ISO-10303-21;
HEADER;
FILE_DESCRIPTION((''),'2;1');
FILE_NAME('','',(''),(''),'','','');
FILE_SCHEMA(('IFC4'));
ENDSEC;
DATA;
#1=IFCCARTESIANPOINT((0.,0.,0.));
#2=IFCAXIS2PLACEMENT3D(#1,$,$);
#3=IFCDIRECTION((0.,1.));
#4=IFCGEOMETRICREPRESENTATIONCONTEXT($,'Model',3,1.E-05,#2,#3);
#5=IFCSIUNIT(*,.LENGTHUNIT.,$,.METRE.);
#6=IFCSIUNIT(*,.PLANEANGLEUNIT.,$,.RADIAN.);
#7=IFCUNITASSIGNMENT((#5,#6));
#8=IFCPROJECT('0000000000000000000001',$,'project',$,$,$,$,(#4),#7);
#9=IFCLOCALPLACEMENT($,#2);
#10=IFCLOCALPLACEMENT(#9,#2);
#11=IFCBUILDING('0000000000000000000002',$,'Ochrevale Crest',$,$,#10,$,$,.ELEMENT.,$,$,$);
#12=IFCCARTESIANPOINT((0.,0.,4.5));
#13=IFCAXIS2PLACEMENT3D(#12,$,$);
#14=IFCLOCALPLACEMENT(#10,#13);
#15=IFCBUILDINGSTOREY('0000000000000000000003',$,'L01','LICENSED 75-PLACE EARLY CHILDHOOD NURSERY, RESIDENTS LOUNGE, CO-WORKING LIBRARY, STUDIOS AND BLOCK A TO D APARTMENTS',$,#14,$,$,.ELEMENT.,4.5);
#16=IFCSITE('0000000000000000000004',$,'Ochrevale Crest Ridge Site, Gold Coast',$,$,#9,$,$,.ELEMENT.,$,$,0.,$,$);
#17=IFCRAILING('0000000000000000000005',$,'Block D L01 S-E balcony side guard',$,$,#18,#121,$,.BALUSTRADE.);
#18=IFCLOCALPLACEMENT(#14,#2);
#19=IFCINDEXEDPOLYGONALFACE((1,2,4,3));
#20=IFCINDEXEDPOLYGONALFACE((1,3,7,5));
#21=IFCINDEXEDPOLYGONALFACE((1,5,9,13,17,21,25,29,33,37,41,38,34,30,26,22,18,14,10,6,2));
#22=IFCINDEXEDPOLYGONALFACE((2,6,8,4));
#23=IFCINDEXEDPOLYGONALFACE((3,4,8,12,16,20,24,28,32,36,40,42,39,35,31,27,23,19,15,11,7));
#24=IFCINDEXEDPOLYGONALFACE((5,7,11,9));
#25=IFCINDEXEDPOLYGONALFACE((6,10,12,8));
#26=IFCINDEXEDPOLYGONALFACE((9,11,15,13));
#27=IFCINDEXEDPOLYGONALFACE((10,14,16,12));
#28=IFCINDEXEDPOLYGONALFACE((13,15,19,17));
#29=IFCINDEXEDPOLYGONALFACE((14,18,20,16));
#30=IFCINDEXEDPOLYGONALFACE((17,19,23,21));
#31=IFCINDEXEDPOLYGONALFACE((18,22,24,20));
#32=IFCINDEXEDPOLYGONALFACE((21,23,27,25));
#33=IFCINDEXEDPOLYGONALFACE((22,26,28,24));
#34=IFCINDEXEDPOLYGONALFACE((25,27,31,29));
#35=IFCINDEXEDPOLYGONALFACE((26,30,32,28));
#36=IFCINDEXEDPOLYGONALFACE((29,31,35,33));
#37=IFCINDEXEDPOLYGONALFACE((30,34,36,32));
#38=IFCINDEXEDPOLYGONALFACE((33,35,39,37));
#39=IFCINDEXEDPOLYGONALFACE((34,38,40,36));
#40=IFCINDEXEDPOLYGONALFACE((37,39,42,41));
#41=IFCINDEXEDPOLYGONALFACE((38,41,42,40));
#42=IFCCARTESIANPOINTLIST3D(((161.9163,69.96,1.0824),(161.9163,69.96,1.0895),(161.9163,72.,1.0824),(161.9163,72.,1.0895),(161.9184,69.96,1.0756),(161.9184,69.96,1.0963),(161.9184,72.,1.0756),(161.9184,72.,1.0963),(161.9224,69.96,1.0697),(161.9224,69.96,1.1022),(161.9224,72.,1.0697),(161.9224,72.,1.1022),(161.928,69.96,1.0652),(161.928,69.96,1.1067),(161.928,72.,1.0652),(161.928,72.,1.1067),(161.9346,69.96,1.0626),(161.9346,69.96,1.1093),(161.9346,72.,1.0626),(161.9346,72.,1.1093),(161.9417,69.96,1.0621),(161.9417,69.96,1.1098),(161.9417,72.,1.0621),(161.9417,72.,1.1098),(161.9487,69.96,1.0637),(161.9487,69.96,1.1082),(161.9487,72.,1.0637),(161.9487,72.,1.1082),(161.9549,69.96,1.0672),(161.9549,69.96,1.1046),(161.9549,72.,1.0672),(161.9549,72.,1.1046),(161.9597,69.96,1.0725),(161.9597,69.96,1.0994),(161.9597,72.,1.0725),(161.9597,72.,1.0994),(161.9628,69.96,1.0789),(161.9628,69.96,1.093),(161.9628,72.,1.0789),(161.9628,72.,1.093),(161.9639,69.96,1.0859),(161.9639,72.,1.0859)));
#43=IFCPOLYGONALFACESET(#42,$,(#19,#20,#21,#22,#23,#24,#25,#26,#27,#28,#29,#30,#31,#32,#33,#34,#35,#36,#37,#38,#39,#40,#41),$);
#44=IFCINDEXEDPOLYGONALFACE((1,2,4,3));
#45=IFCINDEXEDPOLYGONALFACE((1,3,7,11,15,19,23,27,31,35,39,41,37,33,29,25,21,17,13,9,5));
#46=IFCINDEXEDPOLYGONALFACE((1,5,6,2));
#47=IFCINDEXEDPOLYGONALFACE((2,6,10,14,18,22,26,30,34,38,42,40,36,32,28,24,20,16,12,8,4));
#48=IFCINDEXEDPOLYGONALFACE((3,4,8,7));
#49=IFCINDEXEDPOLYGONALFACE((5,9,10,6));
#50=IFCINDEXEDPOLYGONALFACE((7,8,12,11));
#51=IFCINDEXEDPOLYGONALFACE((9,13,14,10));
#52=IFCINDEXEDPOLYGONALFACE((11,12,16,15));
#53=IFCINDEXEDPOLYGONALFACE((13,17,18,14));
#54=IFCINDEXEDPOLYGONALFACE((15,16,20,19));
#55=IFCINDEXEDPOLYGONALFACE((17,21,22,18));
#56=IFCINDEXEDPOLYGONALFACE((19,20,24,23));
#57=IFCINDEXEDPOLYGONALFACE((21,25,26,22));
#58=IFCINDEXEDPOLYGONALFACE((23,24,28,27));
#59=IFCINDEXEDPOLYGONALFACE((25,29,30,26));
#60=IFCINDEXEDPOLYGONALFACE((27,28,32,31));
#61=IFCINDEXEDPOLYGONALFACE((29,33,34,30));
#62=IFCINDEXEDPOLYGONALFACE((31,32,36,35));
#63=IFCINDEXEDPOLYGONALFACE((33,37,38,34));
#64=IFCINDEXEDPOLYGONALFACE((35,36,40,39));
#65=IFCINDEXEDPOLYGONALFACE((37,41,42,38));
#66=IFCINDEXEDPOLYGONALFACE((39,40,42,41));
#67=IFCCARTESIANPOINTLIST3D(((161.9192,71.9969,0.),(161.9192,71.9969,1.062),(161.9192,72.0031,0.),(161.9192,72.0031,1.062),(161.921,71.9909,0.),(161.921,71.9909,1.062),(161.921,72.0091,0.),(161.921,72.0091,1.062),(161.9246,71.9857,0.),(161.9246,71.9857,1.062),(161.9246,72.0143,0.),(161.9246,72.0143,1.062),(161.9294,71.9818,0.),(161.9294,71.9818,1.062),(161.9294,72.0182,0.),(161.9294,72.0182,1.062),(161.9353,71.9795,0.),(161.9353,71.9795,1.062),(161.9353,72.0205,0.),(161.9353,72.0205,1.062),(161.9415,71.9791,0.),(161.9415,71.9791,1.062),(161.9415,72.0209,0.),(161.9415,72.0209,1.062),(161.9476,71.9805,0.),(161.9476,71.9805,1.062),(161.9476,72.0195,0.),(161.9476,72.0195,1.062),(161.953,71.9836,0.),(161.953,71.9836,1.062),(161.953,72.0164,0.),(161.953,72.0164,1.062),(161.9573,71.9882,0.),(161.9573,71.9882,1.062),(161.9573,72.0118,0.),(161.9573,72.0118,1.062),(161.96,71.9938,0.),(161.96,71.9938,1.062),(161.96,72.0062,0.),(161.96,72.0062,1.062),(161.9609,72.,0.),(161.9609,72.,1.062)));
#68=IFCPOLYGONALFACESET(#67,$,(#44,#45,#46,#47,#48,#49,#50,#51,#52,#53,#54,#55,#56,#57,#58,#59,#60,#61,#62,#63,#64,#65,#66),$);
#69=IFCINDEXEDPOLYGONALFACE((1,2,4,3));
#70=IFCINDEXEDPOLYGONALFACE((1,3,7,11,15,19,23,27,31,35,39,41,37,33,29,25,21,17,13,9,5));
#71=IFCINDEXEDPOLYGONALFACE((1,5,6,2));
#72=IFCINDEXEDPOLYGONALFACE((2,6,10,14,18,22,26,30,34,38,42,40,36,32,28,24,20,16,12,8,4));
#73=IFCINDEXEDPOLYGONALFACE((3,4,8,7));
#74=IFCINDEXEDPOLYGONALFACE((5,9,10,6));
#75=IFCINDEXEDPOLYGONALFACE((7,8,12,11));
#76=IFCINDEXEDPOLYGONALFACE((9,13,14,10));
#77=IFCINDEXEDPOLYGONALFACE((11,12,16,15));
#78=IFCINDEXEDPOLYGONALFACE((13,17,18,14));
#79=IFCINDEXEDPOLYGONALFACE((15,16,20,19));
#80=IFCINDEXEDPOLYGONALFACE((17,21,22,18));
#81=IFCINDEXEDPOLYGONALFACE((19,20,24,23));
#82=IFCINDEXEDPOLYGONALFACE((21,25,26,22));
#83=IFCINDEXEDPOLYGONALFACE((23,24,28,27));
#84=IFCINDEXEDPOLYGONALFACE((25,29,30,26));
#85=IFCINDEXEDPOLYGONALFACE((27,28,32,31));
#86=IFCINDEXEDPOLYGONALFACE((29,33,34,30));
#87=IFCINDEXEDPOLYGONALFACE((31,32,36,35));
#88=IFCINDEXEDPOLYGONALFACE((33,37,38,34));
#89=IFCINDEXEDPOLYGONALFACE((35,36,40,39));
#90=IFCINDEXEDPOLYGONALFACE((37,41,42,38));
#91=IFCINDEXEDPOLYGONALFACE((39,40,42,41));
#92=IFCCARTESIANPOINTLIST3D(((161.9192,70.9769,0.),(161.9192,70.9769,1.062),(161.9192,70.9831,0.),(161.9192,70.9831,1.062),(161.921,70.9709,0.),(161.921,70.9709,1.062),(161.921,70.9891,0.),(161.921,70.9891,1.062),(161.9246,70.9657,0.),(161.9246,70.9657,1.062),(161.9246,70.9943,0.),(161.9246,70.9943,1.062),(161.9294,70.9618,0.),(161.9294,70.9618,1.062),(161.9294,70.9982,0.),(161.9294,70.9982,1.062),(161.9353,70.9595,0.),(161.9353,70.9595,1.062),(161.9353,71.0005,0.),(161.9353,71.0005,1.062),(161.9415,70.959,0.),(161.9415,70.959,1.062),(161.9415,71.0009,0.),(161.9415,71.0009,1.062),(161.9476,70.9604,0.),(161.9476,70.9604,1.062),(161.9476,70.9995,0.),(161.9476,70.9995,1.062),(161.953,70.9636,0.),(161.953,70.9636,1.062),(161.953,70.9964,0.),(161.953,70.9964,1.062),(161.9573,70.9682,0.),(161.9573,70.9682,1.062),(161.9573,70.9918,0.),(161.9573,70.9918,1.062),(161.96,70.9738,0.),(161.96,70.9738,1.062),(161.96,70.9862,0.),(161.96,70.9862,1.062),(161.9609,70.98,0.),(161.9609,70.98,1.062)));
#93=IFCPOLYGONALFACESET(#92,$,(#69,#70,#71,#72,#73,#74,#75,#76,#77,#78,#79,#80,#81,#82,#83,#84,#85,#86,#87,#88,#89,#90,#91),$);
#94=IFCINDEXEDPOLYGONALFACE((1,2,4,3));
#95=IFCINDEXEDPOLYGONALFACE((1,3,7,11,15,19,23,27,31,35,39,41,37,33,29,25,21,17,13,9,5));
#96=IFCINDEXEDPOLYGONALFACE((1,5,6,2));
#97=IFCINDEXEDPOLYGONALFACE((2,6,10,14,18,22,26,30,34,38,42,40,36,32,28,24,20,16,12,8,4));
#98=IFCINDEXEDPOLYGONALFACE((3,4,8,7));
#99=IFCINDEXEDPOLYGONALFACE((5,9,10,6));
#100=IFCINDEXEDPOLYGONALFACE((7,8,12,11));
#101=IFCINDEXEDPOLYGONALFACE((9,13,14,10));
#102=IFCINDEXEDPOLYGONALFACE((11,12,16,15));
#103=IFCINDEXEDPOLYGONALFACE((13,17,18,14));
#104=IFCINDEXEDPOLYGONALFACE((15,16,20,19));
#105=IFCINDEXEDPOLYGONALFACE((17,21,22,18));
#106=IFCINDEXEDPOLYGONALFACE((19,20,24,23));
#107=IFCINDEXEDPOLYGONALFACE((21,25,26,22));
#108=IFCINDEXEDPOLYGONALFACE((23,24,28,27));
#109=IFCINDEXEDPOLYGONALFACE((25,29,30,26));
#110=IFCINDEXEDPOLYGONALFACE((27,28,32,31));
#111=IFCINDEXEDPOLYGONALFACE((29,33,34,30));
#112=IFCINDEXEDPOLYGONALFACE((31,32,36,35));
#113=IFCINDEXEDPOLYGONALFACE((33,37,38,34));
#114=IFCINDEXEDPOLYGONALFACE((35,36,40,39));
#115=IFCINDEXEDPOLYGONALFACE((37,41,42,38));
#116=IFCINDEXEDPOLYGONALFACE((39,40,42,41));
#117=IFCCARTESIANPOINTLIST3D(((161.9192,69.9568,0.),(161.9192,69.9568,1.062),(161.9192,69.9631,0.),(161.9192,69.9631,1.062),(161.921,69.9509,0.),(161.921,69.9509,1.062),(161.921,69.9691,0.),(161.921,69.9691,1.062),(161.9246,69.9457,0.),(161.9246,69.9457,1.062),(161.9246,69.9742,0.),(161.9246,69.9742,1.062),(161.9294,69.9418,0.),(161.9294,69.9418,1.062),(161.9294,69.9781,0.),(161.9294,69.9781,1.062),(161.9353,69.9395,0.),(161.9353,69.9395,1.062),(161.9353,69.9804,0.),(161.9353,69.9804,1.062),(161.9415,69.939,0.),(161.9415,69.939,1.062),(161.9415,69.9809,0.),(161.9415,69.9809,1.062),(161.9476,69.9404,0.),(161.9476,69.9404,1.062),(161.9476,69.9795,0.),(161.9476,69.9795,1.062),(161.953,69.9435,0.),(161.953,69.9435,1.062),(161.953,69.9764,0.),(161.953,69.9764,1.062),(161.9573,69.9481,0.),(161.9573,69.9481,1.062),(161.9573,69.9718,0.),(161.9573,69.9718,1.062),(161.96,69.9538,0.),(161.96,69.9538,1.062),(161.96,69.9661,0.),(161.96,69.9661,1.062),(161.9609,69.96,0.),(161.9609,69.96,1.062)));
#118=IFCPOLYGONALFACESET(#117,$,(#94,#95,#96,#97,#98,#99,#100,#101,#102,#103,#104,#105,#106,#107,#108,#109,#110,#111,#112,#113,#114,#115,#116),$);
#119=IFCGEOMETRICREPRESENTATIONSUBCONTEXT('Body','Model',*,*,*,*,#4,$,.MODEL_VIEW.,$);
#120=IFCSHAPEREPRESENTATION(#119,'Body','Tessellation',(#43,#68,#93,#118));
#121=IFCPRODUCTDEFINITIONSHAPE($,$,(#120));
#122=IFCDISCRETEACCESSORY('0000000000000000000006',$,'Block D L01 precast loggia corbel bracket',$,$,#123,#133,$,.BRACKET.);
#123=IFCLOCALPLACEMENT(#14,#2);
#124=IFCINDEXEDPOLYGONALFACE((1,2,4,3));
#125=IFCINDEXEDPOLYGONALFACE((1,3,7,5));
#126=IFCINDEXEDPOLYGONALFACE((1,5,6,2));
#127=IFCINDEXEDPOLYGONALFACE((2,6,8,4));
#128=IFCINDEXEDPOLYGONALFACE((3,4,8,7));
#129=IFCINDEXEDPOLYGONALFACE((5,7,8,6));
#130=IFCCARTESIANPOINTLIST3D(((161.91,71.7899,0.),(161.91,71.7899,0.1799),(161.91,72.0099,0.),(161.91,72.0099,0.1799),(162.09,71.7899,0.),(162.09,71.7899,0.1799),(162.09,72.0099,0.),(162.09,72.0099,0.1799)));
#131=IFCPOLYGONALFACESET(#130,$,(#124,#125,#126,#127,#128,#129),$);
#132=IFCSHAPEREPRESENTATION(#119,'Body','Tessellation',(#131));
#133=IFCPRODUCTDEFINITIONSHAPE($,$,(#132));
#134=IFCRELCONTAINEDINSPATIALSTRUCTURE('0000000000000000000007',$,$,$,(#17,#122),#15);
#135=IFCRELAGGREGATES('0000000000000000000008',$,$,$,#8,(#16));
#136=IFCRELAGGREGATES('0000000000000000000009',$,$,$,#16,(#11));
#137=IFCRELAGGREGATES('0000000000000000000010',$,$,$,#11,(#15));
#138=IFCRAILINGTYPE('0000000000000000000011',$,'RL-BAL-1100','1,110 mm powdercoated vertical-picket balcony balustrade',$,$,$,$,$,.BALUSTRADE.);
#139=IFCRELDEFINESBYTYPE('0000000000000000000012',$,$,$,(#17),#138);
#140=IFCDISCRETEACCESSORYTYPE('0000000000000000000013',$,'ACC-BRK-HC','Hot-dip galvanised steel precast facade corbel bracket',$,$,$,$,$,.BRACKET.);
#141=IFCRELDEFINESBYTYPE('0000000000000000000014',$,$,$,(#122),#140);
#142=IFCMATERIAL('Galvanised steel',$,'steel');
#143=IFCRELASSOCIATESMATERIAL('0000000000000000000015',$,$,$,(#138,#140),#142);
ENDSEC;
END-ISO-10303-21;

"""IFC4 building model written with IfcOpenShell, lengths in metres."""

from ifc_helpers import new_model, si_unit, direction, frame, origin, origin_2d, place, context, subcontext, project, spatial, rectangle, circle, extrude, material, type_object, element, save


model = new_model("IFC4")

# Units and contexts
model_context = context("Model", 3, precision=1e-05, world=origin(), true_north=direction((0.0, 1.0)))
body_context = subcontext(model_context, "Body", "Model", "MODEL_VIEW")
ifc_project = project(units=[si_unit("LENGTHUNIT", "METRE"), si_unit("PLANEANGLEUNIT", "RADIAN")], contexts=[model_context])

# Site, building, storey
site_placement = place(None, origin())
site = spatial("IfcSite", under=ifc_project, at=site_placement, Name="Ochrevale Crest Ridge Site, Gold Coast", CompositionType="ELEMENT", RefElevation=0.0)
building_placement = place(site_placement, origin())
building = spatial("IfcBuilding", under=site, at=building_placement, Name="Ochrevale Crest", CompositionType="ELEMENT")
storey_placement = place(building_placement, frame((0.0, 0.0, 4.5)))
storey = spatial("IfcBuildingStorey", under=building, at=storey_placement, Name="L01", Description="LICENSED 75-PLACE EARLY CHILDHOOD NURSERY, RESIDENTS LOUNGE, CO-WORKING LIBRARY, STUDIOS AND BLOCK A TO D APARTMENTS", CompositionType="ELEMENT", Elevation=4.5)

# Railing
ifc_material_1 = material(Name="Galvanised steel", Category="steel")
railing_type = type_object("IfcRailingType", Name="RL-BAL-1100", Description="1,110 mm powdercoated vertical-picket balcony balustrade", PredefinedType="BALUSTRADE", material=ifc_material_1)
railing_placement = place(storey_placement, frame((161.9399, 72.0, 0.0)))
element("IfcRailing", 1, at=railing_placement, inside=storey, type_object=railing_type, Name="Block D L01 S-E balcony side guard", PredefinedType="BALUSTRADE", context=body_context, shape_type="SweptSolid", body=[
    extrude(circle(Radius=0.0239, at=origin_2d()), frame((0.0, 0.0, 1.0859), z_axis=(0.0, -1.0, 0.0), x_axis=(1.0, 0.0, 0.0)), (0.0, 0.0, 1.0), 2.04),
    extrude(circle(Radius=0.021, at=origin_2d()), origin(), (0.0, 0.0, 1.0), 1.062),
    extrude(circle(Radius=0.021, at=origin_2d()), frame((0.0, -1.02, 0.0)), (0.0, 0.0, 1.0), 1.062),
    extrude(circle(Radius=0.021, at=origin_2d()), frame((0.0, -2.04, 0.0)), (0.0, 0.0, 1.0), 1.062),
])

# Discrete accessory
discrete_accessory_type = type_object("IfcDiscreteAccessoryType", Name="ACC-BRK-HC", Description="Hot-dip galvanised steel precast facade corbel bracket", PredefinedType="BRACKET", material=ifc_material_1)
discrete_accessory_placement = place(storey_placement, frame((162.0, 71.8999, 0.0), z_axis=(0.0, 0.0, 1.0), x_axis=(1.0, 0.0, 0.0)))
element("IfcDiscreteAccessory", 2, at=discrete_accessory_placement, inside=storey, type_object=discrete_accessory_type, Name="Block D L01 precast loggia corbel bracket", PredefinedType="BRACKET", context=body_context, shape_type="SweptSolid", body=[
    extrude(rectangle(XDim=0.1799, YDim=0.22, at=origin_2d()), origin(), (0.0, 0.0, 1.0), 0.1799),
])

save(model, "model.ifc")
